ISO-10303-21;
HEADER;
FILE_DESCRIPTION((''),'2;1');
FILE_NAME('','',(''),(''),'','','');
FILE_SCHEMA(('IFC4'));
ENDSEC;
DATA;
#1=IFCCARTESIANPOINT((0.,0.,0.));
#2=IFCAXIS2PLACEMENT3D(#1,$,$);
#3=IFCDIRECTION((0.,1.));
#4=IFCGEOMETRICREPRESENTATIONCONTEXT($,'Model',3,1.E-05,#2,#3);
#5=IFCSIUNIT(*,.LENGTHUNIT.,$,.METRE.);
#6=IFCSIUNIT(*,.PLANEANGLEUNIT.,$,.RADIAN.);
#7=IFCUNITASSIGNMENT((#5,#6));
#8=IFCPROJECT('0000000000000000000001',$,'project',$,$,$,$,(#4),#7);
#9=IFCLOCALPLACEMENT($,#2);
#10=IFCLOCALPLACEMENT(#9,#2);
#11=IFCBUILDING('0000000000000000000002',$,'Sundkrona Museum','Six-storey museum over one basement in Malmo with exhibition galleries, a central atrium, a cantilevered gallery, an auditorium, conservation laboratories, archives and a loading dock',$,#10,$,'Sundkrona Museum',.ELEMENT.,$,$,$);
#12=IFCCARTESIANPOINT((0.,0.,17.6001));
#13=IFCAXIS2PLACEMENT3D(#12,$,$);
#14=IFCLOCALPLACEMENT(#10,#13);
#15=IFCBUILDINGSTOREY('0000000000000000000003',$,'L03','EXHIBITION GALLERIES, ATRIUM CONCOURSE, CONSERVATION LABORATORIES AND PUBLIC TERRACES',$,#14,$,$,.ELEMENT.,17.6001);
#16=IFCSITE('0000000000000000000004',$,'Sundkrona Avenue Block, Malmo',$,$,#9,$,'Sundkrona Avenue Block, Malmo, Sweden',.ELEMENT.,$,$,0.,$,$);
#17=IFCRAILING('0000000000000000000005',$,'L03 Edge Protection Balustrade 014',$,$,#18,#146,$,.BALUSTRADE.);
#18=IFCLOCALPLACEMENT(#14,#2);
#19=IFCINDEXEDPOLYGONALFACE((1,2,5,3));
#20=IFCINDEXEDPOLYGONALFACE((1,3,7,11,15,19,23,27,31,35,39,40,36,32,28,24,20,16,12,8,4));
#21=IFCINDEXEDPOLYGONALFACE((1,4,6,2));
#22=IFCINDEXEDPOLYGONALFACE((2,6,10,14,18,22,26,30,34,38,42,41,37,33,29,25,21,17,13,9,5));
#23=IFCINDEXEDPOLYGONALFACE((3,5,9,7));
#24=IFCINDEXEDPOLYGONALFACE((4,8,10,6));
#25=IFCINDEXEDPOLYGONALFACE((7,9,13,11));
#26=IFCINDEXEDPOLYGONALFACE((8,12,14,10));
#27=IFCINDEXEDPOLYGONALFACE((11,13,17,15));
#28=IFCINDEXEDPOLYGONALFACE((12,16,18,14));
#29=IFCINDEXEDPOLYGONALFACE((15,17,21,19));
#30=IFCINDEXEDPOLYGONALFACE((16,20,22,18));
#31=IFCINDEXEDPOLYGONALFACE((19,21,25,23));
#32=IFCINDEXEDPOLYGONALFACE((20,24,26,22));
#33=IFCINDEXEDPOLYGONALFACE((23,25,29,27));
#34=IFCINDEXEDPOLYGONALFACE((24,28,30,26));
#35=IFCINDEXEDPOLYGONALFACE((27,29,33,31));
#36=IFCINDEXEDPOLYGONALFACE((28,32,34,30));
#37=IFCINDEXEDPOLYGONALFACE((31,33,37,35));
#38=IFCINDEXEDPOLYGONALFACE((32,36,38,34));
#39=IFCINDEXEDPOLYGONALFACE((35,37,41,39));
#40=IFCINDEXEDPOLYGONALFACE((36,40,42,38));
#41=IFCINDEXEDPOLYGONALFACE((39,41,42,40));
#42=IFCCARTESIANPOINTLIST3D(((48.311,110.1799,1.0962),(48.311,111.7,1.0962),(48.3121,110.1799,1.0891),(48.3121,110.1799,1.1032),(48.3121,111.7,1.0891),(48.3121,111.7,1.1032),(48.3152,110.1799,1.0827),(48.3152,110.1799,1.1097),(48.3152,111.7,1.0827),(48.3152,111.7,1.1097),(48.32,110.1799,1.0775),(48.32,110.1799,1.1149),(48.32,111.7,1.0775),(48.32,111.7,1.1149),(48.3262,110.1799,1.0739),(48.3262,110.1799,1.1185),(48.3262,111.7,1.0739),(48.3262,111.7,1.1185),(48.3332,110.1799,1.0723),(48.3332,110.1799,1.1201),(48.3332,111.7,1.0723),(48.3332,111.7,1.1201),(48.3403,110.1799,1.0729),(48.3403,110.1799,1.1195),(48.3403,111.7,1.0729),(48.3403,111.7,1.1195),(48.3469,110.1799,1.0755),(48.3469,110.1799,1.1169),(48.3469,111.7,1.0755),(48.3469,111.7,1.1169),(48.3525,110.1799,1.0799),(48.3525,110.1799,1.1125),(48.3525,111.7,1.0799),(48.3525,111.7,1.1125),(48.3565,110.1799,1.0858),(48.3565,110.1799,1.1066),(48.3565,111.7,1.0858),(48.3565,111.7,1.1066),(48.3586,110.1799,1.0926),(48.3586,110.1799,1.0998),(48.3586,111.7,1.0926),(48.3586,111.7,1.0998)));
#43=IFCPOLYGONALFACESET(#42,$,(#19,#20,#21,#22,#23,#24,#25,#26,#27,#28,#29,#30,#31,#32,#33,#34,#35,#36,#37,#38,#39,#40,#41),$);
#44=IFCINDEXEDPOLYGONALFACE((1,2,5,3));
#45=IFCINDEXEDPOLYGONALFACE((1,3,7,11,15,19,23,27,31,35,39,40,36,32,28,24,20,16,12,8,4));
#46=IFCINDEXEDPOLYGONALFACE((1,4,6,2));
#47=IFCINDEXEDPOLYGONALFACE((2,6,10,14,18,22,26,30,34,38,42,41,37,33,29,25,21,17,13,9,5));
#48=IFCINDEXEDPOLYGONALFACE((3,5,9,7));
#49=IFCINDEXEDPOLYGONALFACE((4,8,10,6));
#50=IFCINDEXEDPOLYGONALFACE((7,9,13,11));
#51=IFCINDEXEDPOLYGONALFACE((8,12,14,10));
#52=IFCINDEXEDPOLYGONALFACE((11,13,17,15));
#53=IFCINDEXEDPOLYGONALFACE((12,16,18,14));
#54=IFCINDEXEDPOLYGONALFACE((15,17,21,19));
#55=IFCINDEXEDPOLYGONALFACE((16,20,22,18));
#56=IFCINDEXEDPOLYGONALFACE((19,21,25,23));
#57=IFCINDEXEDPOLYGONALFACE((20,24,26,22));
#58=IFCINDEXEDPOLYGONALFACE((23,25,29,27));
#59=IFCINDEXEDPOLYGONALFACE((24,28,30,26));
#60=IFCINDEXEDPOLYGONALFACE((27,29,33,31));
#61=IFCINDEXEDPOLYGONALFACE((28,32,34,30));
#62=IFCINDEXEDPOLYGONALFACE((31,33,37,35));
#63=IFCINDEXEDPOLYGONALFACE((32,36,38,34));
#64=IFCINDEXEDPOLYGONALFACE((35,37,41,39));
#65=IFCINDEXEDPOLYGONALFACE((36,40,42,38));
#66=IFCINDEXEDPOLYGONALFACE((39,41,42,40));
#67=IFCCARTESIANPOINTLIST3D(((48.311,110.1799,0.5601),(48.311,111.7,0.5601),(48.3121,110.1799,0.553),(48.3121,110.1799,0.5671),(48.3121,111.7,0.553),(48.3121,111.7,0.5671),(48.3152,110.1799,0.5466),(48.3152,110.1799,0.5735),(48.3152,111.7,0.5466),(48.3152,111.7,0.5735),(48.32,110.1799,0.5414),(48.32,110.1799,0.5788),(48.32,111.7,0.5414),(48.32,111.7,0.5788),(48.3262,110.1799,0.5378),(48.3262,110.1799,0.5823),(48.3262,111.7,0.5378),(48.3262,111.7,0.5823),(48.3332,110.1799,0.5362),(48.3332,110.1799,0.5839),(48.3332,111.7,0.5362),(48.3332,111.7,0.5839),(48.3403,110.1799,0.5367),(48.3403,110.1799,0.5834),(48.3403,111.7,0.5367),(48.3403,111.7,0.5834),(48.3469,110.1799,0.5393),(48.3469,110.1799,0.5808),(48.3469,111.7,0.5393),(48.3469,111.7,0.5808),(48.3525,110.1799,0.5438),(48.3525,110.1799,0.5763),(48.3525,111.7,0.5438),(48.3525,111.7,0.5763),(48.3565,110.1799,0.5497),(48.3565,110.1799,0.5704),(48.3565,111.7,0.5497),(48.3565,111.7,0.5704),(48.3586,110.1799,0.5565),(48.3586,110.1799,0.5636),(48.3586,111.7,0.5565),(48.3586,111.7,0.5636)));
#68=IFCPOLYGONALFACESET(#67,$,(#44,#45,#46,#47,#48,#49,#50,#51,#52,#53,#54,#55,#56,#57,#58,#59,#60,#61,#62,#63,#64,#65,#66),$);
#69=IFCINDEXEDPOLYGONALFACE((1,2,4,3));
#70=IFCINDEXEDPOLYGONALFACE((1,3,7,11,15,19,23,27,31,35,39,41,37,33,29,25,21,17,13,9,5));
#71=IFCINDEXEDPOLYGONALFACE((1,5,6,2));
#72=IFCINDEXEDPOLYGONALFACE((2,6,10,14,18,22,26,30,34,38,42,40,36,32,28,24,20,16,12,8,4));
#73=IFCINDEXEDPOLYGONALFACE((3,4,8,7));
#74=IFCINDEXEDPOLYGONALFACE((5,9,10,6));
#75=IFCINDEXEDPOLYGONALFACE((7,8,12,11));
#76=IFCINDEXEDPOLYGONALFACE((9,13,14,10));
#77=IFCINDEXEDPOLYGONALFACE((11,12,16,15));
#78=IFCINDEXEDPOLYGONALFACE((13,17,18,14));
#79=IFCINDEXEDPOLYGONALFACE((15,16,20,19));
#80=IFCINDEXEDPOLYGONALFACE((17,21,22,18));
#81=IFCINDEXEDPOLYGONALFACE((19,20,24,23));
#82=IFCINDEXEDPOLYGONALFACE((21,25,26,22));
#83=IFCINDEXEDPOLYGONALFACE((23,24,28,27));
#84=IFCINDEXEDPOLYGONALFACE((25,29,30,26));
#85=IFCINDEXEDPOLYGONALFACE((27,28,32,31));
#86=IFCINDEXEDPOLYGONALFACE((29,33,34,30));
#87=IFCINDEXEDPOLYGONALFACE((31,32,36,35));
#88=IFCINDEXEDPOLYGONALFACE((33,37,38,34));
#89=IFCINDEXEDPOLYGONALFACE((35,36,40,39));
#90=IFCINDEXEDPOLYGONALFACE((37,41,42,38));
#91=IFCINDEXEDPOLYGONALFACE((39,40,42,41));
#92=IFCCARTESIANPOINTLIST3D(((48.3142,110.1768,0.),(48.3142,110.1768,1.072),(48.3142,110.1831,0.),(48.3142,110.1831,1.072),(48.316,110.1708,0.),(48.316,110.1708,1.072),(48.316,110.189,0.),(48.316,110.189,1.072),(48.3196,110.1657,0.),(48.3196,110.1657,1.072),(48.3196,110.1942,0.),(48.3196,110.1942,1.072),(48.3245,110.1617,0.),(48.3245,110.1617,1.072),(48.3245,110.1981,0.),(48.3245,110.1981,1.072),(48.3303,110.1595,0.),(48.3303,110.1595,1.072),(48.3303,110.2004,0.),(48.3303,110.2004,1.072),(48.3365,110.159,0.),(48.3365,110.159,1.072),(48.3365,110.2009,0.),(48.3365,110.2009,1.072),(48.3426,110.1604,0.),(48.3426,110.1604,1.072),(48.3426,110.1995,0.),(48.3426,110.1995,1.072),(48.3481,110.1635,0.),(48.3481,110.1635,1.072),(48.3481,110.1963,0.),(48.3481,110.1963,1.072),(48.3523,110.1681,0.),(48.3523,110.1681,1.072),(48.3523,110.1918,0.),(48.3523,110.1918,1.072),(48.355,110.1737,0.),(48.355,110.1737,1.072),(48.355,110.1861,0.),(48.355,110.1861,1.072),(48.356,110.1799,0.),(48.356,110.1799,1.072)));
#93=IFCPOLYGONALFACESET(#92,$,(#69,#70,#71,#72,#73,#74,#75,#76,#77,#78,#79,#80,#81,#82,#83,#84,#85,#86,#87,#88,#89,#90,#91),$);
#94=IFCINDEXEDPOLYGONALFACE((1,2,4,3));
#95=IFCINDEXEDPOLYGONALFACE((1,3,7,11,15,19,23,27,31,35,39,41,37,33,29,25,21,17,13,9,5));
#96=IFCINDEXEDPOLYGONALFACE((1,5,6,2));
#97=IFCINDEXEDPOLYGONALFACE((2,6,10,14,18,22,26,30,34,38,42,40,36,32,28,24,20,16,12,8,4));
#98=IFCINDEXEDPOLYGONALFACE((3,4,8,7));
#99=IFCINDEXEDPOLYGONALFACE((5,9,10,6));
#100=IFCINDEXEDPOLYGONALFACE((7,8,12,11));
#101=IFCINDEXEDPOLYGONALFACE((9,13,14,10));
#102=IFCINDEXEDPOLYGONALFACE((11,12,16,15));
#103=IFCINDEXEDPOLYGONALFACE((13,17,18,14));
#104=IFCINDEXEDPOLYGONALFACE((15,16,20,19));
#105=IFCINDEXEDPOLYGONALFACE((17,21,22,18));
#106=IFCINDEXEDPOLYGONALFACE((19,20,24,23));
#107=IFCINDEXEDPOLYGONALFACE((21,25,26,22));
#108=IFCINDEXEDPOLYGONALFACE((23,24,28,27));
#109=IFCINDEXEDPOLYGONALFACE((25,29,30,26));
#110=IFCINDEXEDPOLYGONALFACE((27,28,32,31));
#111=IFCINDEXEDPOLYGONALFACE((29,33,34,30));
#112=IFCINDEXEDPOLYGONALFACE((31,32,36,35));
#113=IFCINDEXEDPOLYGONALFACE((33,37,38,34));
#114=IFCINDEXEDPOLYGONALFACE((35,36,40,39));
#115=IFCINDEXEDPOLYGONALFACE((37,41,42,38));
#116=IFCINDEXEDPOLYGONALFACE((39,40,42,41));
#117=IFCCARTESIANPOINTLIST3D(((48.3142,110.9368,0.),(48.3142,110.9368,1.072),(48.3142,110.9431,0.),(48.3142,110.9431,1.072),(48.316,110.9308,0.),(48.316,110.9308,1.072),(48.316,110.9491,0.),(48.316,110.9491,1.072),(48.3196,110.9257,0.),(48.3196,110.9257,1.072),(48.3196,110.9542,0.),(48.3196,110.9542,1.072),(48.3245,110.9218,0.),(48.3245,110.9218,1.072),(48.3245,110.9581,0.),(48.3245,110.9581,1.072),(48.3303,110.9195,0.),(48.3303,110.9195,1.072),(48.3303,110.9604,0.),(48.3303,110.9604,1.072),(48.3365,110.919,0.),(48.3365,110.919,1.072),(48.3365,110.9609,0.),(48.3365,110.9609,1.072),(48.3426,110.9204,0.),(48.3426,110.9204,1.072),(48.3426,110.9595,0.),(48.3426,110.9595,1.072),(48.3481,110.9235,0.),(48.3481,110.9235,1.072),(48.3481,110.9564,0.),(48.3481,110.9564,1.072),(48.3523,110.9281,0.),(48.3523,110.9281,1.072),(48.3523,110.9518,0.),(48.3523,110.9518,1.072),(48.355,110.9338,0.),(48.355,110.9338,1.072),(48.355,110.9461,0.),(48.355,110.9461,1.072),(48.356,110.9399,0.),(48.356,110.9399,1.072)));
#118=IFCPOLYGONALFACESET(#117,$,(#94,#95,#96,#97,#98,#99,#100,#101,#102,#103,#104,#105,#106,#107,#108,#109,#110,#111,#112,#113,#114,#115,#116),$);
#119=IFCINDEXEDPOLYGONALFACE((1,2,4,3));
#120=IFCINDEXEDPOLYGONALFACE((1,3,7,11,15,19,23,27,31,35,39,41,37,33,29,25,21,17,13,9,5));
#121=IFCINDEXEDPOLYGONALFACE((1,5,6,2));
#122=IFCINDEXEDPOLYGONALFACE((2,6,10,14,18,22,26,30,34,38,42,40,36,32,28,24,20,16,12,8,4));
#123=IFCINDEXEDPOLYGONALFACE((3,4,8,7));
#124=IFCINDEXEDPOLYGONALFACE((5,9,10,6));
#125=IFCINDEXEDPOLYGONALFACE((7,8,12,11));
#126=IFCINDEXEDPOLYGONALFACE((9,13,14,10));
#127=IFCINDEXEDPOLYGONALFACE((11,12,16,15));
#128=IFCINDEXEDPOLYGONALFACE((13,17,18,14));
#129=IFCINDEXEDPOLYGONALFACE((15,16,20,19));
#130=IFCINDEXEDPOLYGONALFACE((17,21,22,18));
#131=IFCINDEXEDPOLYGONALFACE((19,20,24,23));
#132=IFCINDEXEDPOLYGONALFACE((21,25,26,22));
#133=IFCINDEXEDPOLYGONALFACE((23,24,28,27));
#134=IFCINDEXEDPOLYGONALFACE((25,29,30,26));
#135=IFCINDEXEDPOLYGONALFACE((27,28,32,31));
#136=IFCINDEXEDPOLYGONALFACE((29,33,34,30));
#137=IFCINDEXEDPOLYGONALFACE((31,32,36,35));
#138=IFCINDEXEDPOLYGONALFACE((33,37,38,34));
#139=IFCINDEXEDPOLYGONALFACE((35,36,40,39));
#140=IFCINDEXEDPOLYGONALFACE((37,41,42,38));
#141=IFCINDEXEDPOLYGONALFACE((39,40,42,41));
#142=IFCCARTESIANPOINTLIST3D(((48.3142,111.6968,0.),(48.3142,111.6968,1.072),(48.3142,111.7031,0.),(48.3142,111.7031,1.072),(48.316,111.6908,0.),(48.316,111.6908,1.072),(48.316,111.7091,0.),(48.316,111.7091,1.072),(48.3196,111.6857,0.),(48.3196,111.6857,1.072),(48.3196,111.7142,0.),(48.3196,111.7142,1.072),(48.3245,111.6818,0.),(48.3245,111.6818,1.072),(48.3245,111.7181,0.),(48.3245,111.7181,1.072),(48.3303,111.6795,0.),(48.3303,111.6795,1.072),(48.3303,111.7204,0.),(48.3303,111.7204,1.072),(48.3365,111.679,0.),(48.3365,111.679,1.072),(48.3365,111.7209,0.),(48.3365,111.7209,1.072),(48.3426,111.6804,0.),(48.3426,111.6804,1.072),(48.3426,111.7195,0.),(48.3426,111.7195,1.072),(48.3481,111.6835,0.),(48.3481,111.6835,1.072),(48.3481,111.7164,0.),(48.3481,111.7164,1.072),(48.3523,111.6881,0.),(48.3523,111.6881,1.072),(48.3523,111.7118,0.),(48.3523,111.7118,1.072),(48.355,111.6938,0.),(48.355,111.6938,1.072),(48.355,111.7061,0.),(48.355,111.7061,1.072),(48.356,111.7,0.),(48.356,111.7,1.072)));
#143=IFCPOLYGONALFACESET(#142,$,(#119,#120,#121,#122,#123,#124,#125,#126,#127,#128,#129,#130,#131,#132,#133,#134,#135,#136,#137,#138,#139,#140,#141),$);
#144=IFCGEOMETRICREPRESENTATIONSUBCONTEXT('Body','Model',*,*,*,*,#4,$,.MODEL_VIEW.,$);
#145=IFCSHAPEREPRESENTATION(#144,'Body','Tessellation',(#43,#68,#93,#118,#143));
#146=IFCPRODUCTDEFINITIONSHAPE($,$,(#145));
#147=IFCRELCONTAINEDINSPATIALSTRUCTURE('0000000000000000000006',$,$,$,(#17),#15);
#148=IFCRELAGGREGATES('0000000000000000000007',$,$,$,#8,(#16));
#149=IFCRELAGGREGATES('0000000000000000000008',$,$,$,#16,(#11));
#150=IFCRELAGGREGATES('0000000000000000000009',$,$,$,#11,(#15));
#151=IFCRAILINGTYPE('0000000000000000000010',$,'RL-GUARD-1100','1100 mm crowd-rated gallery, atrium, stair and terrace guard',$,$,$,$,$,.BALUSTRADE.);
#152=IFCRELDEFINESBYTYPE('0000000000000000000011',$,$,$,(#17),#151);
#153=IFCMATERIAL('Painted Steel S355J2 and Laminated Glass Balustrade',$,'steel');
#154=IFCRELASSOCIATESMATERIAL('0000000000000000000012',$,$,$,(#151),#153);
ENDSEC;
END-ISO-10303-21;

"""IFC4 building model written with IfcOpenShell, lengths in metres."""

from ifc_helpers import new_model, si_unit, direction, frame, origin, origin_2d, place, context, subcontext, project, spatial, circle, extrude, material, type_object, element, save


model = new_model("IFC4")

# Units and contexts
model_context = context("Model", 3, precision=1e-05, world=origin(), true_north=direction((0.0, 1.0)))
body_context = subcontext(model_context, "Body", "Model", "MODEL_VIEW")
ifc_project = project(units=[si_unit("LENGTHUNIT", "METRE"), si_unit("PLANEANGLEUNIT", "RADIAN")], contexts=[model_context])

# Site, building, storey
site_placement = place(None, origin())
site = spatial("IfcSite", under=ifc_project, at=site_placement, Name="Sundkrona Avenue Block, Malmo", LongName="Sundkrona Avenue Block, Malmo, Sweden", CompositionType="ELEMENT", RefElevation=0.0)
building_placement = place(site_placement, origin())
building = spatial("IfcBuilding", under=site, at=building_placement, Name="Sundkrona Museum", Description="Six-storey museum over one basement in Malmo with exhibition galleries, a central atrium, a cantilevered gallery, an auditorium, conservation laboratories, archives and a loading dock", LongName="Sundkrona Museum", CompositionType="ELEMENT")
storey_placement = place(building_placement, frame((0.0, 0.0, 17.6001)))
storey = spatial("IfcBuildingStorey", under=building, at=storey_placement, Name="L03", Description="EXHIBITION GALLERIES, ATRIUM CONCOURSE, CONSERVATION LABORATORIES AND PUBLIC TERRACES", CompositionType="ELEMENT", Elevation=17.6001)

# Railing
ifc_material_1 = material(Name="Painted Steel S355J2 and Laminated Glass Balustrade", Category="steel")
railing_type_1 = type_object("IfcRailingType", Name="RL-GUARD-1100", Description="1100 mm crowd-rated gallery, atrium, stair and terrace guard", PredefinedType="BALUSTRADE", material=ifc_material_1)
for number, where, name in (
    (1, (48.335, 110.1799, 0.0), "L03 Edge Protection Balustrade 014"),
):
    element("IfcRailing", number, at=place(storey_placement, frame(where)), inside=storey, type_object=railing_type_1, Name=name, PredefinedType="BALUSTRADE", context=body_context, shape_type="SweptSolid", body=[
        extrude(circle(Radius=0.0239, at=origin_2d()), frame((0.0, 0.0, 1.0962), z_axis=(0.0, 1.0, 0.0), x_axis=(-1.0, 0.0, 0.0)), (0.0, 0.0, 1.0), 1.52),
        extrude(circle(Radius=0.0239, at=origin_2d()), frame((0.0, 0.0, 0.5601), z_axis=(0.0, 1.0, 0.0), x_axis=(-1.0, 0.0, 0.0)), (0.0, 0.0, 1.0), 1.52),
        extrude(circle(Radius=0.021, at=origin_2d()), origin(), (0.0, 0.0, 1.0), 1.072),
        extrude(circle(Radius=0.021, at=origin_2d()), frame((0.0, 0.76, 0.0)), (0.0, 0.0, 1.0), 1.072),
        extrude(circle(Radius=0.021, at=origin_2d()), frame((0.0, 1.52, 0.0)), (0.0, 0.0, 1.0), 1.072),
    ])

save(model, "model.ifc")
